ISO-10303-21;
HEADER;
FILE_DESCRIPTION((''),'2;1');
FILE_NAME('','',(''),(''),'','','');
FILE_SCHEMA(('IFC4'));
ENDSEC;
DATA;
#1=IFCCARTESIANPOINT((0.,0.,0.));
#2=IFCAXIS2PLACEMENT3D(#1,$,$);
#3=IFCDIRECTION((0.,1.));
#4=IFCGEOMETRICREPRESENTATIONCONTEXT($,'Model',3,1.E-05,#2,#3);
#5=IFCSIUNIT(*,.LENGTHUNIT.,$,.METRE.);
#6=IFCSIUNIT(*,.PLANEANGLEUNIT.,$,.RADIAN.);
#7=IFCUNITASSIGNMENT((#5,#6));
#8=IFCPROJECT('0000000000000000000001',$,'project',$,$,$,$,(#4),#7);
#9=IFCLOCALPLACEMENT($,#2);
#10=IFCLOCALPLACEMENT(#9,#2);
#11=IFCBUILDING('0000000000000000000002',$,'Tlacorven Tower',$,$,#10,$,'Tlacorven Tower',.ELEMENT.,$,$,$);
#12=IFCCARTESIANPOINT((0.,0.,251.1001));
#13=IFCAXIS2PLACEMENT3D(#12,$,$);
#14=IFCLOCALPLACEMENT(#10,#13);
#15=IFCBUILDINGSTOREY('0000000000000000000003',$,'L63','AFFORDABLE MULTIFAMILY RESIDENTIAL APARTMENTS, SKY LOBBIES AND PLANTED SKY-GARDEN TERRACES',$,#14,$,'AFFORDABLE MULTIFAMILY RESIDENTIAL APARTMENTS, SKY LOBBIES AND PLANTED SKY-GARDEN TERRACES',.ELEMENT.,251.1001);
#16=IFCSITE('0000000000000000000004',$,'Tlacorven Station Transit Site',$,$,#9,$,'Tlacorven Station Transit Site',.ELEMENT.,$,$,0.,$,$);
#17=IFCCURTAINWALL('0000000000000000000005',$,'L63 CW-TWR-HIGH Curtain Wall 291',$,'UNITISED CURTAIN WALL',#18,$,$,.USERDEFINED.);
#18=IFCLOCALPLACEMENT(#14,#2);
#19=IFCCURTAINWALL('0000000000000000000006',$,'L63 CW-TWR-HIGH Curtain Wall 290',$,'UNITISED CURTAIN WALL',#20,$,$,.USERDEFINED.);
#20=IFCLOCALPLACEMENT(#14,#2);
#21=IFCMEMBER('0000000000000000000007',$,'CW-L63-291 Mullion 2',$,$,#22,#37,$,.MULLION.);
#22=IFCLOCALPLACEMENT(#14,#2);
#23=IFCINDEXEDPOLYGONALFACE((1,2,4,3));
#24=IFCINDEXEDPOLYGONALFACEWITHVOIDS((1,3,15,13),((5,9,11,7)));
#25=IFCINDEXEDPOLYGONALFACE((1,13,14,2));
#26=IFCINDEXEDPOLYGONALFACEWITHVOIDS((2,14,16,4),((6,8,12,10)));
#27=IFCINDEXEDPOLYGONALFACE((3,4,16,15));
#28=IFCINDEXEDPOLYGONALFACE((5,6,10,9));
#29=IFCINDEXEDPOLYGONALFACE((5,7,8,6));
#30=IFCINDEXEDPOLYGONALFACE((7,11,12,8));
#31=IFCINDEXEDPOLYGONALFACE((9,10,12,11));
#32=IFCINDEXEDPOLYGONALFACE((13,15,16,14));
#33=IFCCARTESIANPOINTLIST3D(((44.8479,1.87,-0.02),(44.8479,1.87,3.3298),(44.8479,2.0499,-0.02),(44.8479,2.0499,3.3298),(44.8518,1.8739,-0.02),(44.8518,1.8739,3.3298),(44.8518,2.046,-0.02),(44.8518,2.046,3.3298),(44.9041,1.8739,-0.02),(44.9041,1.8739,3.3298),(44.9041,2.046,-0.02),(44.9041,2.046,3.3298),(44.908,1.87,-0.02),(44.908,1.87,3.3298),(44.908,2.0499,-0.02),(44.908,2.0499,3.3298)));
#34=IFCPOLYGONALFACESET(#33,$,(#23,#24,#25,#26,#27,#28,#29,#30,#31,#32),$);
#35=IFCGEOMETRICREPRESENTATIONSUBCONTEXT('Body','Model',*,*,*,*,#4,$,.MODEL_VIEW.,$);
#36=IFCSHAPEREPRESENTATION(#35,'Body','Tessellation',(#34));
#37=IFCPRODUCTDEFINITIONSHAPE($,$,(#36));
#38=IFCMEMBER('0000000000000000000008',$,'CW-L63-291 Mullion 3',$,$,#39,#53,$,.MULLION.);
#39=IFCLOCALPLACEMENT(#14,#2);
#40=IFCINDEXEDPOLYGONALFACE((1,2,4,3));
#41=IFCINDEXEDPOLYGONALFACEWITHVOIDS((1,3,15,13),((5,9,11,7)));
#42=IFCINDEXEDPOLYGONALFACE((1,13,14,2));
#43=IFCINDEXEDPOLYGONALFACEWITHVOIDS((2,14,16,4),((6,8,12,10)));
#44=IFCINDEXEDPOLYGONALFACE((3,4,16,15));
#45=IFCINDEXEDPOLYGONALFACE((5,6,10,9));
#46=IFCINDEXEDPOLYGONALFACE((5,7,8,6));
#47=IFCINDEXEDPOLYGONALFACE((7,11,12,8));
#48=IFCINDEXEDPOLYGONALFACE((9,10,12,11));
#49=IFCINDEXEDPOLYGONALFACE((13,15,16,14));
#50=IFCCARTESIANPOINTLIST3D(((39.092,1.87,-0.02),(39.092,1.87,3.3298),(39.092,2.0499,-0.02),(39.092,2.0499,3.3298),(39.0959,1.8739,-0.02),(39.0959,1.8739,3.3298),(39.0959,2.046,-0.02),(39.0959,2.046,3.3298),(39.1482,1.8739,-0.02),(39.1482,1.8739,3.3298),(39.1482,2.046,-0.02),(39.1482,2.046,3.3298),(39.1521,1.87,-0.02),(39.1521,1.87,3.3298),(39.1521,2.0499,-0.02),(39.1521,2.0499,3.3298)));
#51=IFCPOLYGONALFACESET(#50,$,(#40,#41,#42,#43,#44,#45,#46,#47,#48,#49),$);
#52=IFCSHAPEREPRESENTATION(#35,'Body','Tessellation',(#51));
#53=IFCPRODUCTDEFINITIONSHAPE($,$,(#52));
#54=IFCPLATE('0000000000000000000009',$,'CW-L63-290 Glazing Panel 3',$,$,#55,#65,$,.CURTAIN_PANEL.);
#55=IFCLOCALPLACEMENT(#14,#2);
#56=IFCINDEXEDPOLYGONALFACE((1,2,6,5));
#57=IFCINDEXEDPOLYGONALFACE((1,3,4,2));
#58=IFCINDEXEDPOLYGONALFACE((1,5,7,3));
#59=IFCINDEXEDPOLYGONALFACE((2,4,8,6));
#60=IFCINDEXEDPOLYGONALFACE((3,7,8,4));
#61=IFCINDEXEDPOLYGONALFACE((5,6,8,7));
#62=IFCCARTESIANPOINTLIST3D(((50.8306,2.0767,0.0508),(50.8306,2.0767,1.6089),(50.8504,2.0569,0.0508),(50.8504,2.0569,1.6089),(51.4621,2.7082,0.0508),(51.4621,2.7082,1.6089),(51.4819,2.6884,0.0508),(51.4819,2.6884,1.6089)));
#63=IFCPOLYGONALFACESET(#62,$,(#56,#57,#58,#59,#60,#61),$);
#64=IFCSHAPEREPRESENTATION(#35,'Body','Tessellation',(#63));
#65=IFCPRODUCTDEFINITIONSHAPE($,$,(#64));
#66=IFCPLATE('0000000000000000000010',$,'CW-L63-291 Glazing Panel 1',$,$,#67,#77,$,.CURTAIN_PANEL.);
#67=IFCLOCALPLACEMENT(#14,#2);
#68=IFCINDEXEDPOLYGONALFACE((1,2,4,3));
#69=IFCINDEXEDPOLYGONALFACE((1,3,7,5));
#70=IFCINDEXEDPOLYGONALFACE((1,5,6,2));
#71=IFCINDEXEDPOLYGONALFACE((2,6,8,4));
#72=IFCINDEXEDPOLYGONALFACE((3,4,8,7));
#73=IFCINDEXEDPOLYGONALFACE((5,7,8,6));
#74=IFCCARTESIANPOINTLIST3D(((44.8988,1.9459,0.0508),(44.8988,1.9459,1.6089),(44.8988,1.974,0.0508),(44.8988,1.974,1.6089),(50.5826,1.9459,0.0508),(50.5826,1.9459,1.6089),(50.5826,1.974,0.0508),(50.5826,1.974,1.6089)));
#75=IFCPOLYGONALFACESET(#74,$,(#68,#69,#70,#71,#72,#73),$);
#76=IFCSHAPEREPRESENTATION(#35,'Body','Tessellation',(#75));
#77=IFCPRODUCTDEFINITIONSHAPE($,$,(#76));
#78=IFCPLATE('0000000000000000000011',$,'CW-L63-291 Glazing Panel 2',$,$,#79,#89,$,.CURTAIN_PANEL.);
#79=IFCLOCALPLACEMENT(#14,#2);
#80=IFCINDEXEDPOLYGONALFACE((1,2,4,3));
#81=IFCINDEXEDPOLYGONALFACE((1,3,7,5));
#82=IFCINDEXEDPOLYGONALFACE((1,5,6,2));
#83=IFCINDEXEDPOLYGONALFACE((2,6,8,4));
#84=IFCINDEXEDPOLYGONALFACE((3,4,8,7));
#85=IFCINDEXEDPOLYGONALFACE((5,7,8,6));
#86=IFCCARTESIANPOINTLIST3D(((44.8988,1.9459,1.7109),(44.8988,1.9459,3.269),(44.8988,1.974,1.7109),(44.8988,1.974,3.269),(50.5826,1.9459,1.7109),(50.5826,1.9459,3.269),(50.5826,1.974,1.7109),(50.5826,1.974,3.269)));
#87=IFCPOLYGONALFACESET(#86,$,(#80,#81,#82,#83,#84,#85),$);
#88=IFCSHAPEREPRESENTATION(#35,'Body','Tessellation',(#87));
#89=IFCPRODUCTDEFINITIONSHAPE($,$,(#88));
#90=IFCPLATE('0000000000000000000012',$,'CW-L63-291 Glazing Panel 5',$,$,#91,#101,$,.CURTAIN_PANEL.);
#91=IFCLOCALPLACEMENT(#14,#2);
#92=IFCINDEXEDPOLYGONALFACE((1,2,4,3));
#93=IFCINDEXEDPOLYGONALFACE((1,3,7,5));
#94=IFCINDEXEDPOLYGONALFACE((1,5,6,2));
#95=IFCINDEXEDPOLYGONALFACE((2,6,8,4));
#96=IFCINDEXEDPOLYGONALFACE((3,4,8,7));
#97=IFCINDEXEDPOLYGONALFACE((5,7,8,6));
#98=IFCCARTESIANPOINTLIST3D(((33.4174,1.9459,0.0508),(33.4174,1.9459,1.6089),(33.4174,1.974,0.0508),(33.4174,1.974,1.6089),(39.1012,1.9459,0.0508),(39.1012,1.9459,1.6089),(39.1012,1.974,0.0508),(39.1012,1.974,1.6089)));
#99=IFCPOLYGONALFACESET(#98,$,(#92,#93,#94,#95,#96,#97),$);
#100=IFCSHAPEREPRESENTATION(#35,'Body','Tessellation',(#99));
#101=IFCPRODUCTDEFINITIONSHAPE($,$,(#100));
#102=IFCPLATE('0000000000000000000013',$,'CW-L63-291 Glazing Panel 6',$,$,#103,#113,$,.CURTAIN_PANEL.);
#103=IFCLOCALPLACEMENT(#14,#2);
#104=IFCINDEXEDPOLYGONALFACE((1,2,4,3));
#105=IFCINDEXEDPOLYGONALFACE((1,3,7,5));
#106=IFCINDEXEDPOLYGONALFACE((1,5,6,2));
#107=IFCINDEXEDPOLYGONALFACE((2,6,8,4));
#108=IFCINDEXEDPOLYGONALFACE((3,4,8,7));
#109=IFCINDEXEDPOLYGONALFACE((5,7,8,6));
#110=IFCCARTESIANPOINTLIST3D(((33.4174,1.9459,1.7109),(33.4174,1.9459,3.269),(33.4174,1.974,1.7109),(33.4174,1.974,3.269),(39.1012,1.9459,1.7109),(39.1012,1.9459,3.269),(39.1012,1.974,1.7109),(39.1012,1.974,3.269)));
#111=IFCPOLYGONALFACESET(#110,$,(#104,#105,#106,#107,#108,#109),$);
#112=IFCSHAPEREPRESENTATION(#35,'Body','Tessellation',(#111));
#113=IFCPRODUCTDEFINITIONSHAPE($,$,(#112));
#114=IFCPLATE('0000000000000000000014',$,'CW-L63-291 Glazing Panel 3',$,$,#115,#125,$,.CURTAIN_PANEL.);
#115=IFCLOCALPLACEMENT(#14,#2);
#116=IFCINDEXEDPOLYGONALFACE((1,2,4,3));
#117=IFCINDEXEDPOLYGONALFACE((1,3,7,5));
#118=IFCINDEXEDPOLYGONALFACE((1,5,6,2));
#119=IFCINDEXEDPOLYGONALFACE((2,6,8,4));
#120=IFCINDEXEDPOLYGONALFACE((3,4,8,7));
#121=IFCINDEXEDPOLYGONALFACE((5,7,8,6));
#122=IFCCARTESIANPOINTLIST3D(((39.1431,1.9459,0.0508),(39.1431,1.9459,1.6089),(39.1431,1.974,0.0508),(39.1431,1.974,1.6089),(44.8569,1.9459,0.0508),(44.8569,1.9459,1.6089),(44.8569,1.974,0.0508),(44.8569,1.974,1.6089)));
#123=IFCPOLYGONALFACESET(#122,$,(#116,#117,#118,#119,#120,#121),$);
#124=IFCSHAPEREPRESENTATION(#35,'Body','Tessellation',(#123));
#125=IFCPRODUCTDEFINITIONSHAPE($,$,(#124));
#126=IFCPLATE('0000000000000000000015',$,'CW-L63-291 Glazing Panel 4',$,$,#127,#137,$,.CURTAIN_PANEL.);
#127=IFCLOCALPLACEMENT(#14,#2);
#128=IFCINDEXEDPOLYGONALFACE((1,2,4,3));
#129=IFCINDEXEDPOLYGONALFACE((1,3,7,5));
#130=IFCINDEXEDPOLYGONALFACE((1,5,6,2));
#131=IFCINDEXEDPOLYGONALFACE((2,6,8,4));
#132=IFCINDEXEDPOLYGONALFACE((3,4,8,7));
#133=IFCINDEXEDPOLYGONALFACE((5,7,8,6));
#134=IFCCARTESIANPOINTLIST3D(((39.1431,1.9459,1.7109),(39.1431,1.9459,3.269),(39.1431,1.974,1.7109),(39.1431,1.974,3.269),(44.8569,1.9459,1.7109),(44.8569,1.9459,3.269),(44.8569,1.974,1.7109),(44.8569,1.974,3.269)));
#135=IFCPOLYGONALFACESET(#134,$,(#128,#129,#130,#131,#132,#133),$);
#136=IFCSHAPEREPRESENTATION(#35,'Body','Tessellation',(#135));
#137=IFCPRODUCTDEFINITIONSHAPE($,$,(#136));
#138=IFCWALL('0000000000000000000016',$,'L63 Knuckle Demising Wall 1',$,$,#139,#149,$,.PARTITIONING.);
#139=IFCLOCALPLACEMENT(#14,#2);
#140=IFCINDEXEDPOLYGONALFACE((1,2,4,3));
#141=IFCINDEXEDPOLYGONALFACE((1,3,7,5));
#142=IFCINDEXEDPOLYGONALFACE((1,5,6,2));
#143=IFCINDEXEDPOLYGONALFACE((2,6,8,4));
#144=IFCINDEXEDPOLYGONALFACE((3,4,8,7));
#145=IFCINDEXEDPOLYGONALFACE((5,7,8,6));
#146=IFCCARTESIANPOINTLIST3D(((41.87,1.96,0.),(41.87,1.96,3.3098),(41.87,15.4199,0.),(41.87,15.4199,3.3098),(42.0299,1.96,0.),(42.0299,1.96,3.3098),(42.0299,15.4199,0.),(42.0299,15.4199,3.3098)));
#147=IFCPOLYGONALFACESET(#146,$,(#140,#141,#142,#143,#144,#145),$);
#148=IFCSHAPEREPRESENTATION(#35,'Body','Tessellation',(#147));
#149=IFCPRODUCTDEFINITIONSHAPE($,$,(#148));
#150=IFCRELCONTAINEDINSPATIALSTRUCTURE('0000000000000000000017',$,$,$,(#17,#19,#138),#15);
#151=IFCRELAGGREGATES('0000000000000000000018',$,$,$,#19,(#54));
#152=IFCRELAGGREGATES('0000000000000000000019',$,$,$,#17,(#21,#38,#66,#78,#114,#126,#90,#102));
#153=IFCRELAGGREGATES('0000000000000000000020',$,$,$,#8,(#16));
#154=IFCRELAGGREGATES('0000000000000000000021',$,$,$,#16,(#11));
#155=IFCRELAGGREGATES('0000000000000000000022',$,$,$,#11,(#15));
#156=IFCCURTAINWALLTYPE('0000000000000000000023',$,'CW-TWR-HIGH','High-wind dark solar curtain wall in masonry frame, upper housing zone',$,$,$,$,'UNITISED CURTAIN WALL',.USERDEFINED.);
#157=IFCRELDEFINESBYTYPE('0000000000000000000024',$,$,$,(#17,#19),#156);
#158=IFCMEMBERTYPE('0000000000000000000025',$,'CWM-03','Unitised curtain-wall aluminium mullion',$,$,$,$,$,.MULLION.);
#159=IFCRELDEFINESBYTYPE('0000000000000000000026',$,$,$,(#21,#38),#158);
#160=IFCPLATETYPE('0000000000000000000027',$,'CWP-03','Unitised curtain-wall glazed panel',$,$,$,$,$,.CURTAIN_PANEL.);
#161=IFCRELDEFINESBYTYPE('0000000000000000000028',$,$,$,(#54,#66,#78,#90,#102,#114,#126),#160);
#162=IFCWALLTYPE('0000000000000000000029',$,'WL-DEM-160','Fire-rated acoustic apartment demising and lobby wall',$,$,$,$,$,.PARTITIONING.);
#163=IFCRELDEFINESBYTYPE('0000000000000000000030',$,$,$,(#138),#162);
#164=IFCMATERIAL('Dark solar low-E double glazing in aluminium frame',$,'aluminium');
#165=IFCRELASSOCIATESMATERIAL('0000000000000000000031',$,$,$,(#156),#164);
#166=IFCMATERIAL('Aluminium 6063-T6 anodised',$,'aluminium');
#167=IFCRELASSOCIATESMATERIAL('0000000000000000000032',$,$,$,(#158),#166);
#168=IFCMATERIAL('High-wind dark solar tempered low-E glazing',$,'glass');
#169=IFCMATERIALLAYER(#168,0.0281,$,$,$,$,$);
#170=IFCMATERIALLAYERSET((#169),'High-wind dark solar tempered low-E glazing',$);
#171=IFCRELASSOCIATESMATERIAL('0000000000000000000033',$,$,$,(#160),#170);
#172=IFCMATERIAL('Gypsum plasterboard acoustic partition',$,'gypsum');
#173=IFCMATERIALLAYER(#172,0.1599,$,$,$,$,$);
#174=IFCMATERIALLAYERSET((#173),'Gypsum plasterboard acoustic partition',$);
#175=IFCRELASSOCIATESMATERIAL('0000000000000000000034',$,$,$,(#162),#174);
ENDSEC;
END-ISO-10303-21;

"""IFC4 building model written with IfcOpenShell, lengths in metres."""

from ifc_helpers import new_model, si_unit, direction, frame, frame_2d, origin, origin_2d, place, context, subcontext, project, spatial, rectangle, hollow_rectangle, extrude, source, transform, mapped, material, layer, layer_set, material_profile, profile_set, type_object, element, aggregate, save


model = new_model("IFC4")

# Units and contexts
model_context = context("Model", 3, precision=1e-05, world=origin(), true_north=direction((0.0, 1.0)))
body_context = subcontext(model_context, "Body", "Model", "MODEL_VIEW")
ifc_project = project(units=[si_unit("LENGTHUNIT", "METRE"), si_unit("PLANEANGLEUNIT", "RADIAN")], contexts=[model_context])

# Site, building, storey
site_placement = place(None, origin())
site = spatial("IfcSite", under=ifc_project, at=site_placement, Name="Tlacorven Station Transit Site", LongName="Tlacorven Station Transit Site", CompositionType="ELEMENT", RefElevation=0.0)
building_placement = place(site_placement, origin())
building = spatial("IfcBuilding", under=site, at=building_placement, Name="Tlacorven Tower", LongName="Tlacorven Tower", CompositionType="ELEMENT")
storey_placement = place(building_placement, frame((0.0, 0.0, 251.1001)))
storey = spatial("IfcBuildingStorey", under=building, at=storey_placement, Name="L63", Description="AFFORDABLE MULTIFAMILY RESIDENTIAL APARTMENTS, SKY LOBBIES AND PLANTED SKY-GARDEN TERRACES", LongName="AFFORDABLE MULTIFAMILY RESIDENTIAL APARTMENTS, SKY LOBBIES AND PLANTED SKY-GARDEN TERRACES", CompositionType="ELEMENT", Elevation=251.1001)

# Curtain wall
ifc_material_1 = material(Name="Dark solar low-E double glazing in aluminium frame", Category="aluminium")
curtain_wall_type = type_object("IfcCurtainWallType", Name="CW-TWR-HIGH", Description="High-wind dark solar curtain wall in masonry frame, upper housing zone", ElementType="UNITISED CURTAIN WALL", PredefinedType="USERDEFINED", material=ifc_material_1)
curtain_wall_1_placement = place(storey_placement, origin())
curtain_wall_1 = element("IfcCurtainWall", 1, at=curtain_wall_1_placement, inside=storey, type_object=curtain_wall_type, Name="L63 CW-TWR-HIGH Curtain Wall 291", ObjectType="UNITISED CURTAIN WALL", PredefinedType="USERDEFINED")
ifc_material_2 = material(Name="Aluminium 6063-T6 anodised", Category="aluminium")

# Curtain wall
curtain_wall_2_placement = place(storey_placement, origin())
curtain_wall_2 = element("IfcCurtainWall", 2, at=curtain_wall_2_placement, inside=storey, type_object=curtain_wall_type, Name="L63 CW-TWR-HIGH Curtain Wall 290", ObjectType="UNITISED CURTAIN WALL", PredefinedType="USERDEFINED")
ifc_material_profile_1 = material_profile(ifc_material_2, hollow_rectangle(XDim=0.0601, YDim=0.1799, WallThickness=0.0039, at=origin_2d()), Name="ALU MULLION 60X180")
ifc_profile_set_1 = profile_set([ifc_material_profile_1], Name="Aluminium 6063-T6 anodised")
member_type_1 = type_object("IfcMemberType", Name="CWM-03", Description="Unitised curtain-wall aluminium mullion", PredefinedType="MULLION", material=ifc_profile_set_1)
shared_shape_1 = source(origin(), body_context, "Body", "SweptSolid", [
    extrude(hollow_rectangle(XDim=0.0601, YDim=0.1799, WallThickness=0.0039, at=origin_2d()), origin(), (0.0, 0.0, 1.0), 3.3499),
])

# Members
member_1_placement = place(storey_placement, frame((44.8779, 1.96, -0.02), z_axis=(0.0, 0.0, 1.0), x_axis=(-1.0, 0.0, 0.0)))
member_1 = element("IfcMember", 3, at=member_1_placement, type_object=member_type_1, Name="CW-L63-291 Mullion 2", PredefinedType="MULLION", context=body_context, shape_type="MappedRepresentation", body=[
    mapped(shared_shape_1, transform((0.0, 0.0, 0.0), scale=1.0)),
])
member_2_placement = place(storey_placement, frame((39.1221, 1.96, -0.02), z_axis=(0.0, 0.0, 1.0), x_axis=(-1.0, 0.0, 0.0)))
member_2 = element("IfcMember", 4, at=member_2_placement, type_object=member_type_1, Name="CW-L63-291 Mullion 3", PredefinedType="MULLION", context=body_context, shape_type="MappedRepresentation", body=[
    mapped(shared_shape_1, transform((0.0, 0.0, 0.0), scale=1.0)),
])

# Plates
ifc_material_3 = material(Name="High-wind dark solar tempered low-E glazing", Category="glass")
ifc_layer_1 = layer(ifc_material_3, 0.0281)
ifc_layer_set_1 = layer_set([ifc_layer_1], Name="High-wind dark solar tempered low-E glazing")
plate_type = type_object("IfcPlateType", Name="CWP-03", Description="Unitised curtain-wall glazed panel", PredefinedType="CURTAIN_PANEL", material=ifc_layer_set_1)
shared_shape_2 = source(origin(), body_context, "Body", "SweptSolid", [
    extrude(rectangle(XDim=0.8931, YDim=0.0281, at=origin_2d()), origin(), (0.0, 0.0, 1.0), 1.5581),
])
plate_1_placement = place(storey_placement, frame((51.1562, 2.3826, 0.0508), z_axis=(0.0, 0.0, 1.0), x_axis=(-0.707107, -0.707107, 0.0)))
plate_1 = element("IfcPlate", 5, at=plate_1_placement, type_object=plate_type, Name="CW-L63-290 Glazing Panel 3", PredefinedType="CURTAIN_PANEL", context=body_context, shape_type="MappedRepresentation", body=[
    mapped(shared_shape_2, transform((0.0, 0.0, 0.0), scale=1.0)),
])
aggregate(curtain_wall_2, [plate_1])
shared_shape_3 = source(origin(), body_context, "Body", "SweptSolid", [
    extrude(rectangle(XDim=5.6838, YDim=0.0281, at=origin_2d()), origin(), (0.0, 0.0, 1.0), 1.5581),
])
plate_2_placement = place(storey_placement, frame((47.7407, 1.96, 0.0508), z_axis=(0.0, 0.0, 1.0), x_axis=(-1.0, 0.0, 0.0)))
plate_2 = element("IfcPlate", 6, at=plate_2_placement, type_object=plate_type, Name="CW-L63-291 Glazing Panel 1", PredefinedType="CURTAIN_PANEL", context=body_context, shape_type="MappedRepresentation", body=[
    mapped(shared_shape_3, transform((0.0, 0.0, 0.0), scale=1.0)),
])
plate_3_placement = place(storey_placement, frame((47.7407, 1.96, 1.7109), z_axis=(0.0, 0.0, 1.0), x_axis=(-1.0, 0.0, 0.0)))
plate_3 = element("IfcPlate", 7, at=plate_3_placement, type_object=plate_type, Name="CW-L63-291 Glazing Panel 2", PredefinedType="CURTAIN_PANEL", context=body_context, shape_type="MappedRepresentation", body=[
    mapped(shared_shape_3, transform((0.0, 0.0, 0.0), scale=1.0)),
])
plate_4_placement = place(storey_placement, frame((36.2593, 1.96, 0.0508), z_axis=(0.0, 0.0, 1.0), x_axis=(-1.0, 0.0, 0.0)))
plate_4 = element("IfcPlate", 8, at=plate_4_placement, type_object=plate_type, Name="CW-L63-291 Glazing Panel 5", PredefinedType="CURTAIN_PANEL", context=body_context, shape_type="MappedRepresentation", body=[
    mapped(shared_shape_3, transform((0.0, 0.0, 0.0), scale=1.0)),
])
plate_5_placement = place(storey_placement, frame((36.2593, 1.96, 1.7109), z_axis=(0.0, 0.0, 1.0), x_axis=(-1.0, 0.0, 0.0)))
plate_5 = element("IfcPlate", 9, at=plate_5_placement, type_object=plate_type, Name="CW-L63-291 Glazing Panel 6", PredefinedType="CURTAIN_PANEL", context=body_context, shape_type="MappedRepresentation", body=[
    mapped(shared_shape_3, transform((0.0, 0.0, 0.0), scale=1.0)),
])
shared_shape_4 = source(origin(), body_context, "Body", "SweptSolid", [
    extrude(rectangle(XDim=5.7139, YDim=0.0281, at=origin_2d()), origin(), (0.0, 0.0, 1.0), 1.5581),
])
plate_6_placement = place(storey_placement, frame((42.0, 1.96, 0.0508), z_axis=(0.0, 0.0, 1.0), x_axis=(-1.0, 0.0, 0.0)))
plate_6 = element("IfcPlate", 10, at=plate_6_placement, type_object=plate_type, Name="CW-L63-291 Glazing Panel 3", PredefinedType="CURTAIN_PANEL", context=body_context, shape_type="MappedRepresentation", body=[
    mapped(shared_shape_4, transform((0.0, 0.0, 0.0), scale=1.0)),
])
plate_7_placement = place(storey_placement, frame((42.0, 1.96, 1.7109), z_axis=(0.0, 0.0, 1.0), x_axis=(-1.0, 0.0, 0.0)))
plate_7 = element("IfcPlate", 11, at=plate_7_placement, type_object=plate_type, Name="CW-L63-291 Glazing Panel 4", PredefinedType="CURTAIN_PANEL", context=body_context, shape_type="MappedRepresentation", body=[
    mapped(shared_shape_4, transform((0.0, 0.0, 0.0), scale=1.0)),
])
aggregate(curtain_wall_1, [member_1, member_2, plate_2, plate_3, plate_6, plate_7, plate_4, plate_5])

# Wall
ifc_material_4 = material(Name="Gypsum plasterboard acoustic partition", Category="gypsum")
ifc_layer_2 = layer(ifc_material_4, 0.1599)
ifc_layer_set_2 = layer_set([ifc_layer_2], Name="Gypsum plasterboard acoustic partition")
wall_type_1 = type_object("IfcWallType", Name="WL-DEM-160", Description="Fire-rated acoustic apartment demising and lobby wall", PredefinedType="PARTITIONING", material=ifc_layer_set_2)
wall_1_placement = place(storey_placement, frame((41.95, 1.96, 0.0), z_axis=(0.0, 0.0, 1.0), x_axis=(0.0, 1.0, 0.0)))
element("IfcWall", 12, at=wall_1_placement, inside=storey, type_object=wall_type_1, Name="L63 Knuckle Demising Wall 1", PredefinedType="PARTITIONING", context=body_context, shape_type="SweptSolid", body=[
    extrude(rectangle(XDim=13.46, YDim=0.1599, at=frame_2d((6.73, 0.0))), origin(), (0.0, 0.0, 1.0), 3.3098),
])

save(model, "model.ifc")
